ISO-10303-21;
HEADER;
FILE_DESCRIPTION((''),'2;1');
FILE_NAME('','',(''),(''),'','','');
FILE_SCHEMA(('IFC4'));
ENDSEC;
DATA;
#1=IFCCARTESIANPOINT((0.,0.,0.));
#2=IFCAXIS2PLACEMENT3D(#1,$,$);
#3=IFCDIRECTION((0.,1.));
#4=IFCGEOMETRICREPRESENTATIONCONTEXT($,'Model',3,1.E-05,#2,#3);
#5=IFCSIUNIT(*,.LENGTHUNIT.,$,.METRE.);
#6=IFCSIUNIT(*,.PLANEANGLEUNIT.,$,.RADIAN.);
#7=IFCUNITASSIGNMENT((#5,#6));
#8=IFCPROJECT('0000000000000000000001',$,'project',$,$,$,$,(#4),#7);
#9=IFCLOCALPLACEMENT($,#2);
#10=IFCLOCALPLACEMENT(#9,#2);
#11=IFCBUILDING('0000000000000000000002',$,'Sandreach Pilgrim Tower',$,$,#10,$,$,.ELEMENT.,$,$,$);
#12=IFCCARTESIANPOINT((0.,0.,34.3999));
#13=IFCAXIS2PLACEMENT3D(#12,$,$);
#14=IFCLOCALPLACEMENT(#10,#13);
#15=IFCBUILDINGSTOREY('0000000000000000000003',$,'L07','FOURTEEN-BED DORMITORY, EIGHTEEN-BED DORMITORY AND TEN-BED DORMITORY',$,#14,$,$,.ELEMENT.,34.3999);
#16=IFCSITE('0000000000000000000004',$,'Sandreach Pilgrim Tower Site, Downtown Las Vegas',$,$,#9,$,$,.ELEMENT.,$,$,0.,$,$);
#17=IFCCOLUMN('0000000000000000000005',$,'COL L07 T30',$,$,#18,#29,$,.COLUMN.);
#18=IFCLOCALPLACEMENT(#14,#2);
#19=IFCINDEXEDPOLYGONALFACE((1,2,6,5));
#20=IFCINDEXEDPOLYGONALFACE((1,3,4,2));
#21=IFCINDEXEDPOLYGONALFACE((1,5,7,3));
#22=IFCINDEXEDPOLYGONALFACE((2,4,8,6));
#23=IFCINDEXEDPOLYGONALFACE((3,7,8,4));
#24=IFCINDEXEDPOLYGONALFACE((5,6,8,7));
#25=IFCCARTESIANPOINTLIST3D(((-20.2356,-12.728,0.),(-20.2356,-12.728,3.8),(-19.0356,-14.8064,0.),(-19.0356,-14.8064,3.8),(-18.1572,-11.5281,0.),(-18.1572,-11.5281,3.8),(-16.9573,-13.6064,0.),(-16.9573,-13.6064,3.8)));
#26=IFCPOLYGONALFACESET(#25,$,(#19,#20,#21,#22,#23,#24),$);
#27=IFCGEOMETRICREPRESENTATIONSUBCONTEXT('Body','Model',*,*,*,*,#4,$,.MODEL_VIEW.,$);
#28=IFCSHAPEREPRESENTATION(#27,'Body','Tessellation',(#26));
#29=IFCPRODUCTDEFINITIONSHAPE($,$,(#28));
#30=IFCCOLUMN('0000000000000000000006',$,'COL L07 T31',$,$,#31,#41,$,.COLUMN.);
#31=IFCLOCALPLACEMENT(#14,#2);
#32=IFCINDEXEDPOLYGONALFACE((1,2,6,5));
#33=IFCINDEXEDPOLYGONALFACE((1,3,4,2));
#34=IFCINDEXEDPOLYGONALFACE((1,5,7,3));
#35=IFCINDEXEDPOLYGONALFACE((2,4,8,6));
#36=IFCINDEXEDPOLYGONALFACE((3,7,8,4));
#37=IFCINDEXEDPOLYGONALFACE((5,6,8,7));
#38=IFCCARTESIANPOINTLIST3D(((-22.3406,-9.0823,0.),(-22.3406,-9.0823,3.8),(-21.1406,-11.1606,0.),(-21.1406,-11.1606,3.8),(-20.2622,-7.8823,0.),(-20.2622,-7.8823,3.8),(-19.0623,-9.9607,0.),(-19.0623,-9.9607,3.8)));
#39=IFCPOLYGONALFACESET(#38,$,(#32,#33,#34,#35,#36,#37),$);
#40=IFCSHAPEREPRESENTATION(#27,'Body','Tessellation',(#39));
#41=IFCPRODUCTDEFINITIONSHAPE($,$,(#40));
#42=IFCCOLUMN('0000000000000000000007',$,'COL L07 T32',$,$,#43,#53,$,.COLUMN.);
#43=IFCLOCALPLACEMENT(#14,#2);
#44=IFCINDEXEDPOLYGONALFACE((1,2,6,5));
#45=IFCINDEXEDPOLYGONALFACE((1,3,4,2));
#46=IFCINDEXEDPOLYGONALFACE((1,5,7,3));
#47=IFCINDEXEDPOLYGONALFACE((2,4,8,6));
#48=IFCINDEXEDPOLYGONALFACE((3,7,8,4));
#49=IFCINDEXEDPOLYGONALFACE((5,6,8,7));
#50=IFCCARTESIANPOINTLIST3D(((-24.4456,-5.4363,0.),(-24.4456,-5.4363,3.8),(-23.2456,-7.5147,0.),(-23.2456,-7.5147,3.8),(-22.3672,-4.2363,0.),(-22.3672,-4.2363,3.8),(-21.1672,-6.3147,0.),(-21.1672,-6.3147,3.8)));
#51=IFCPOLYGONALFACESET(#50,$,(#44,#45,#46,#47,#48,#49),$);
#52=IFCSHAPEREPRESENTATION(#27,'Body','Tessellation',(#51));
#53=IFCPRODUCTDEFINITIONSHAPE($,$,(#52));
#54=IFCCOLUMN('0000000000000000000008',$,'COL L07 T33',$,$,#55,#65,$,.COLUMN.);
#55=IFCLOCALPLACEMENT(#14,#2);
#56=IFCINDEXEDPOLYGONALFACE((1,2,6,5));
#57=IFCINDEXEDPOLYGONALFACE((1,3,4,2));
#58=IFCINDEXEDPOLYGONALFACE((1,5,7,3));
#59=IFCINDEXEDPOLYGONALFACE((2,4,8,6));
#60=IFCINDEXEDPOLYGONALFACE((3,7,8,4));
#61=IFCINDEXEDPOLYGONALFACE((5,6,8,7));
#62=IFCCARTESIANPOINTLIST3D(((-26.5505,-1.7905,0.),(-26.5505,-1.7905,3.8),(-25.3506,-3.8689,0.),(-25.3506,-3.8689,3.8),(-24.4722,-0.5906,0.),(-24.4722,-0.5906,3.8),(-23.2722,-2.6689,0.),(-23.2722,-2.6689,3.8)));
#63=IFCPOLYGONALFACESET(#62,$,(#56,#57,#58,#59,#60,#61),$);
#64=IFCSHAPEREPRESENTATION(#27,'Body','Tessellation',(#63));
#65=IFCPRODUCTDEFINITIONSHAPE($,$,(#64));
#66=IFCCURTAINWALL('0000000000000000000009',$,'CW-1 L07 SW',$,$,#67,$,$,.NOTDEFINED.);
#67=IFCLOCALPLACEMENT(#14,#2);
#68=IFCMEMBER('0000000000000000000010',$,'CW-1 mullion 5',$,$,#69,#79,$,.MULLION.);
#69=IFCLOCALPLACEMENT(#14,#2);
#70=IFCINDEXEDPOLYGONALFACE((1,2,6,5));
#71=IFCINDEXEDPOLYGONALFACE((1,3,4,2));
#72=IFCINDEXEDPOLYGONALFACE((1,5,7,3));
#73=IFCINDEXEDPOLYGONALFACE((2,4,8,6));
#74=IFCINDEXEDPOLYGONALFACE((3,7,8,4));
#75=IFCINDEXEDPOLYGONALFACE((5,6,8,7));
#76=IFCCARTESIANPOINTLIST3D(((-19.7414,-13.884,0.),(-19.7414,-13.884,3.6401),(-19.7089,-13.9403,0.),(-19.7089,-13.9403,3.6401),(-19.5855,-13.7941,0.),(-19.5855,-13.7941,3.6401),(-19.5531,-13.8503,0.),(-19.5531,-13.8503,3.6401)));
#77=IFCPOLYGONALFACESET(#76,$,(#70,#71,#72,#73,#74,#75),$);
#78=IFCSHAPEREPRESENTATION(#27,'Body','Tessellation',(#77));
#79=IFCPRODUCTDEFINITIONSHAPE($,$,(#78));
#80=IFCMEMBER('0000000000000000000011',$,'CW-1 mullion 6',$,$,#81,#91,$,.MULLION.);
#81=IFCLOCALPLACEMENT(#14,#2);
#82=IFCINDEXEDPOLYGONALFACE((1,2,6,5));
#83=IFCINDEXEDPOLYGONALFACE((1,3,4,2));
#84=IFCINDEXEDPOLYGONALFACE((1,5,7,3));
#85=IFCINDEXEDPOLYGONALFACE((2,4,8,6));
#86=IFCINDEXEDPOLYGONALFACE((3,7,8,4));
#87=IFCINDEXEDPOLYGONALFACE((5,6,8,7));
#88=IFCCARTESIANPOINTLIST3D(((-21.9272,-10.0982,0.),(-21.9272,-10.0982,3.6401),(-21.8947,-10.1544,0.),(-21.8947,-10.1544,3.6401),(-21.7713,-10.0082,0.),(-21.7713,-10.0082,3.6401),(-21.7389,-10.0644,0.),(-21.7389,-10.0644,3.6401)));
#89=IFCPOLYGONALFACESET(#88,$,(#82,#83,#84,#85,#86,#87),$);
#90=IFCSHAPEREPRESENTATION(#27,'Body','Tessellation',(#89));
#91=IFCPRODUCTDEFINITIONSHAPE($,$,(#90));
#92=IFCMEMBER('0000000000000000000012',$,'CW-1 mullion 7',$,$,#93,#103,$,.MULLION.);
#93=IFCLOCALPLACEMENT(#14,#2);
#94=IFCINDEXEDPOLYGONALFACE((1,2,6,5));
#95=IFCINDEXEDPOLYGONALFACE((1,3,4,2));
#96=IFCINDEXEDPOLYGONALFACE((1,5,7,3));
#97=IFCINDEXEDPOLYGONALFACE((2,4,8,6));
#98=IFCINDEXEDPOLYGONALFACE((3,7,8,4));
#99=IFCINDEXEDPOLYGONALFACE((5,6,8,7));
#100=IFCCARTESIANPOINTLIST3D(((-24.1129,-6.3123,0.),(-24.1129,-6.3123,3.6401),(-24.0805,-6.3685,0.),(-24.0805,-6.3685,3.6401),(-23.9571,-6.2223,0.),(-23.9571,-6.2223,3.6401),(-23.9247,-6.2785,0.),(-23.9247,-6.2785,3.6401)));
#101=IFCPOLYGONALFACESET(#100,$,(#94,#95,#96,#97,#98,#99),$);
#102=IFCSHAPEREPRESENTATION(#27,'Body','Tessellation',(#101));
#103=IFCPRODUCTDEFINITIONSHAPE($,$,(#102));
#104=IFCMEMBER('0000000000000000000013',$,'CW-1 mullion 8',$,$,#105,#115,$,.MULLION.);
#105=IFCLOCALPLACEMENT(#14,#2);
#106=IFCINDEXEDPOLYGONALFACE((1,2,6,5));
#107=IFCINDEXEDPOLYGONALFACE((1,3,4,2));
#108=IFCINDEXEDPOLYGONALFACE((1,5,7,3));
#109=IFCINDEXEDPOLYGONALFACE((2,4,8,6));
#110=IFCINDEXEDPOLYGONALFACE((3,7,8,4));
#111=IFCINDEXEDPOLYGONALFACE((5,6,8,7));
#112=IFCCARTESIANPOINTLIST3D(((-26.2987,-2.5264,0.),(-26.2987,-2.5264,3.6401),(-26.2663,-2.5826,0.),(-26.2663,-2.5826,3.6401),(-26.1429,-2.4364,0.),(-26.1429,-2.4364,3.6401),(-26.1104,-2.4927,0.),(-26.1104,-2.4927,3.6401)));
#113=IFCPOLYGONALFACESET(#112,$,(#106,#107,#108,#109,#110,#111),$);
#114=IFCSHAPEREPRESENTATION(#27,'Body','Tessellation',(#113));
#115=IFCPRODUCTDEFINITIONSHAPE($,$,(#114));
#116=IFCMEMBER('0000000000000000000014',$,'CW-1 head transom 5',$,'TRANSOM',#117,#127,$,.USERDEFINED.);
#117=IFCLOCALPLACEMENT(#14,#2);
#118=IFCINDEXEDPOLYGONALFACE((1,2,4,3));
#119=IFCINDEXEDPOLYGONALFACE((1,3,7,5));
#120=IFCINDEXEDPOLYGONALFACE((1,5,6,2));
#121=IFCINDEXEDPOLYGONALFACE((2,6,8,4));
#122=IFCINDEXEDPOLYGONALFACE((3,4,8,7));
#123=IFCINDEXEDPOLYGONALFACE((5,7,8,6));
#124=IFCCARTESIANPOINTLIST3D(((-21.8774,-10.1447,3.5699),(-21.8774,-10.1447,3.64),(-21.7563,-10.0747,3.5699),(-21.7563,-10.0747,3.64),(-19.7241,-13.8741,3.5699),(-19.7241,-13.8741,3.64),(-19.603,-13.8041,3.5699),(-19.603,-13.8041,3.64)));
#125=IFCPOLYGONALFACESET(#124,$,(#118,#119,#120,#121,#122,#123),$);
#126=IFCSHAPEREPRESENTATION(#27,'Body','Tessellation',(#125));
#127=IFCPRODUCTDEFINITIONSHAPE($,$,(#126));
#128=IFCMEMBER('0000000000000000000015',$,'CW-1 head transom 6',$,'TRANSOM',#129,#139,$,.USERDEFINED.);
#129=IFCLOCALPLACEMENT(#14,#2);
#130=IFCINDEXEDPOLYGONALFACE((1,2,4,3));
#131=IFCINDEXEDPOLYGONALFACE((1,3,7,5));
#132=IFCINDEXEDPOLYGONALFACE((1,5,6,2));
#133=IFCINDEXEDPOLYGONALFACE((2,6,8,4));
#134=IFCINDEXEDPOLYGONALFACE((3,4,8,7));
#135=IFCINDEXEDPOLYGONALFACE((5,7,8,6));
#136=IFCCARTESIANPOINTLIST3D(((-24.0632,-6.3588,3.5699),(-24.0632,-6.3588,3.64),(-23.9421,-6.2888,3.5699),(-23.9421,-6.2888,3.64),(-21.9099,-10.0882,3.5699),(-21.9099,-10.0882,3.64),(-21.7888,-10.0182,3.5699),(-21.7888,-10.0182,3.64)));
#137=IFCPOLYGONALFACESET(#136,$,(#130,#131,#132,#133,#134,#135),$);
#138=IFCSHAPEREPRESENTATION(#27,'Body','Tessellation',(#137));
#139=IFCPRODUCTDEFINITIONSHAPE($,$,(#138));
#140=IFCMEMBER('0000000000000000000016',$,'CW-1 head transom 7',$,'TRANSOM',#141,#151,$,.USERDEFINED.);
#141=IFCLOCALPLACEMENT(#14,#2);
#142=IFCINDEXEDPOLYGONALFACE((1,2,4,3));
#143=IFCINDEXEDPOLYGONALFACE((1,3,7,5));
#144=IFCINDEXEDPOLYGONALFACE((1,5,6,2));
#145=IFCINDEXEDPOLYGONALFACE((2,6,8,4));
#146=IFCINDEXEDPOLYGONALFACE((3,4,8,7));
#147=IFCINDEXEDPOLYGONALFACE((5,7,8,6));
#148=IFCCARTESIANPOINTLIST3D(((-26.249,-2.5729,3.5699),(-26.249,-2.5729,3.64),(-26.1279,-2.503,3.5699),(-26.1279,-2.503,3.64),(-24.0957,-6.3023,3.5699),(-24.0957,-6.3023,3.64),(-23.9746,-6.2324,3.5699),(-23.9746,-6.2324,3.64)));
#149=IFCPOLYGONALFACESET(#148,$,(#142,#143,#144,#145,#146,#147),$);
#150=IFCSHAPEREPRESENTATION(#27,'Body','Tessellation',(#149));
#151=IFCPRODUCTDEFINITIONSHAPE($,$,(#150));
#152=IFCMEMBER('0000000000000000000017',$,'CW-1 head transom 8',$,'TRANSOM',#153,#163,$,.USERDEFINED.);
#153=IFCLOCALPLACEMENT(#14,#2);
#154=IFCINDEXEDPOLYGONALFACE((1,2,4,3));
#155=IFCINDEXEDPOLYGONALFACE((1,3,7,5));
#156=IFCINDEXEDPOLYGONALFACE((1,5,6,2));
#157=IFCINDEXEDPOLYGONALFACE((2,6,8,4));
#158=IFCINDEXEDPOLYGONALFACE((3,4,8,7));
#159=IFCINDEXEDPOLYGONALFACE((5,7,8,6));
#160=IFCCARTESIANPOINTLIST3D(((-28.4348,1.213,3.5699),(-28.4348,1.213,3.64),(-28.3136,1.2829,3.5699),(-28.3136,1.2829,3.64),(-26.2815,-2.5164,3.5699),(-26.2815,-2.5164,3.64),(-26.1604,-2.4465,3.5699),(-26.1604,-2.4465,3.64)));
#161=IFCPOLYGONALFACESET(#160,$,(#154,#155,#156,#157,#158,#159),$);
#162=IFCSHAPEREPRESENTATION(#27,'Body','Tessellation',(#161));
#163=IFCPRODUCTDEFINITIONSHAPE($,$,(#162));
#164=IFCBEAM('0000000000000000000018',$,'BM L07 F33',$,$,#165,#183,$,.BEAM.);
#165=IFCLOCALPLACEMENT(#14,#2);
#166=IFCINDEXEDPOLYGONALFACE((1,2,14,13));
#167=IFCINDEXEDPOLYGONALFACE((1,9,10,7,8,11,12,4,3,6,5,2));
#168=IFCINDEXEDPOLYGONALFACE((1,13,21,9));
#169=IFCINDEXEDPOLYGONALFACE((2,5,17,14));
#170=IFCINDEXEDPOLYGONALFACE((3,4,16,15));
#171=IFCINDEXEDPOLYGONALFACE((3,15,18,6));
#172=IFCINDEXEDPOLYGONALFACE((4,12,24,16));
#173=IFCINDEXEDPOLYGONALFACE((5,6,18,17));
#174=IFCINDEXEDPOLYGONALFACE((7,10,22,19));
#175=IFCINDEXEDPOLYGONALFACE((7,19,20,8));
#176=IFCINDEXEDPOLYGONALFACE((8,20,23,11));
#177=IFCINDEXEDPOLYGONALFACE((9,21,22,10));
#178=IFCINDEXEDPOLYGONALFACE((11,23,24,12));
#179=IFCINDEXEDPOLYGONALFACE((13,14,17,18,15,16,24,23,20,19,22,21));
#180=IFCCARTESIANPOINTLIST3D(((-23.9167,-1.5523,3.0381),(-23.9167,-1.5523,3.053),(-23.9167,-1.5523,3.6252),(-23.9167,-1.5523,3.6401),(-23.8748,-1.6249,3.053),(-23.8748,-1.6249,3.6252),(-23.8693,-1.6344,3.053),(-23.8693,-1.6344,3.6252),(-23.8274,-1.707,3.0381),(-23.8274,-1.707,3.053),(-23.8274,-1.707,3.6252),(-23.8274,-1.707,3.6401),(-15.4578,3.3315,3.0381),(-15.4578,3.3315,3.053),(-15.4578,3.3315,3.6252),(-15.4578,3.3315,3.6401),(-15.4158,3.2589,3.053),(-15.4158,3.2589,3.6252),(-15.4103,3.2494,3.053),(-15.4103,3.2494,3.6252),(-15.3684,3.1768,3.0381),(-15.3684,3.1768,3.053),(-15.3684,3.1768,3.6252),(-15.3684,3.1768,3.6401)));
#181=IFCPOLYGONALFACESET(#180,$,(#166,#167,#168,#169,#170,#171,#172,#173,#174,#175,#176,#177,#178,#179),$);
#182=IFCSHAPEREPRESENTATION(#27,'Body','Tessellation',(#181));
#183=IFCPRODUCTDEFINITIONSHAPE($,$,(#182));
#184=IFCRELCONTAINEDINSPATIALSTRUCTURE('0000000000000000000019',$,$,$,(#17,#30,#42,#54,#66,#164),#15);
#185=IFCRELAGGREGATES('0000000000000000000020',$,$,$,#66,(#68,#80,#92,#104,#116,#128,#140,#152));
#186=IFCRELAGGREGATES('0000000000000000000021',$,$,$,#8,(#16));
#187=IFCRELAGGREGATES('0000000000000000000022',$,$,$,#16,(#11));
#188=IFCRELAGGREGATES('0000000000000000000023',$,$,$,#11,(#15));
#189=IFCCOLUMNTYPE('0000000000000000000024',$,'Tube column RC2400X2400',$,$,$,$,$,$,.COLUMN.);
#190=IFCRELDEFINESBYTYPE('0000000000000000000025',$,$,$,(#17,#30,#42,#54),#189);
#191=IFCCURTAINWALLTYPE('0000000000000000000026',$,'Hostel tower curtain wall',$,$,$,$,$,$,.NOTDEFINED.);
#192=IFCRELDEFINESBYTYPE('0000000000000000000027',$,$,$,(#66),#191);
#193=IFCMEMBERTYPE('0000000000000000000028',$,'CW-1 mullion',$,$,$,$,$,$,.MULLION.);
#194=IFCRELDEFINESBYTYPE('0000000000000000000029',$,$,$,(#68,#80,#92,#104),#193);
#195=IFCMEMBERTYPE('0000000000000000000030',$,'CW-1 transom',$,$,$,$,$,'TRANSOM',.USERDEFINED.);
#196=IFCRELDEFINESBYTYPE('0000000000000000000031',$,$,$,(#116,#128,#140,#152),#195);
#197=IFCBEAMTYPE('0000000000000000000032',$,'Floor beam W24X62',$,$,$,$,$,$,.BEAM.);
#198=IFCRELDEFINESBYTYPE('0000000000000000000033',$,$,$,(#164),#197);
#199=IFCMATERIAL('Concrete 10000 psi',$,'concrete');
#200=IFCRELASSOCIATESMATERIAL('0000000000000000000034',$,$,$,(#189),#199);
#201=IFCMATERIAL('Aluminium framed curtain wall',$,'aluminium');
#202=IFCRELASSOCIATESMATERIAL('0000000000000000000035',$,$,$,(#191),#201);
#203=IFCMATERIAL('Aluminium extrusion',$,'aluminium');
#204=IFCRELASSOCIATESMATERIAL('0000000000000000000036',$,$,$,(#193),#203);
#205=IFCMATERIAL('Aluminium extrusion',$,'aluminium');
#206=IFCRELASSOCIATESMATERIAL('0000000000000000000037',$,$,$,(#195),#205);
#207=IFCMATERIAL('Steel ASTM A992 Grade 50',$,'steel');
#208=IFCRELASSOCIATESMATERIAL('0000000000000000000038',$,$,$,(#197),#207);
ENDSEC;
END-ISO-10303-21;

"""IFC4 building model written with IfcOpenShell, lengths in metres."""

from ifc_helpers import new_model, si_unit, direction, frame, origin, origin_2d, place, context, subcontext, project, spatial, rectangle, i_section, extrude, material, material_profile, profile_set, type_object, element, aggregate, save


model = new_model("IFC4")

# Units and contexts
model_context = context("Model", 3, precision=1e-05, world=origin(), true_north=direction((0.0, 1.0)))
body_context = subcontext(model_context, "Body", "Model", "MODEL_VIEW")
ifc_project = project(units=[si_unit("LENGTHUNIT", "METRE"), si_unit("PLANEANGLEUNIT", "RADIAN")], contexts=[model_context])

# Site, building, storey
site_placement = place(None, origin())
site = spatial("IfcSite", under=ifc_project, at=site_placement, Name="Sandreach Pilgrim Tower Site, Downtown Las Vegas", CompositionType="ELEMENT", RefElevation=0.0)
building_placement = place(site_placement, origin())
building = spatial("IfcBuilding", under=site, at=building_placement, Name="Sandreach Pilgrim Tower", CompositionType="ELEMENT")
storey_placement = place(building_placement, frame((0.0, 0.0, 34.3999)))
storey = spatial("IfcBuildingStorey", under=building, at=storey_placement, Name="L07", Description="FOURTEEN-BED DORMITORY, EIGHTEEN-BED DORMITORY AND TEN-BED DORMITORY", CompositionType="ELEMENT", Elevation=34.3999)

# Columns
ifc_material_1 = material(Name="Concrete 10000 psi", Category="concrete")
ifc_material_profile_1 = material_profile(ifc_material_1, rectangle(XDim=2.3999, YDim=2.3999, at=origin_2d()), Name="RC2400X2400")
ifc_profile_set_1 = profile_set([ifc_material_profile_1], Name="Concrete 10000 psi")
column_type = type_object("IfcColumnType", Name="Tube column RC2400X2400", PredefinedType="COLUMN", material=ifc_profile_set_1)
for number, where, z_axis, x_axis, name in (
    (1, (-18.5964, -13.1672, 0.0), (0.0, 0.0, 1.0), (-0.866025, -0.5, 0.0), "COL L07 T30"),
    (2, (-20.7014, -9.5215, 0.0), (0.0, 0.0, 1.0), (-0.866025, -0.5, 0.0), "COL L07 T31"),
    (3, (-22.8064, -5.8755, 0.0), (0.0, 0.0, 1.0), (-0.866025, -0.5, 0.0), "COL L07 T32"),
    (4, (-24.9114, -2.2297, 0.0), (0.0, 0.0, 1.0), (-0.866025, -0.5, 0.0), "COL L07 T33"),
):
    element("IfcColumn", number, at=place(storey_placement, frame(where, z_axis=z_axis, x_axis=x_axis)), inside=storey, type_object=column_type, Name=name, PredefinedType="COLUMN", context=body_context, shape_type="SweptSolid", body=[
        extrude(rectangle(XDim=2.3999, YDim=2.3999, at=origin_2d()), origin(), (0.0, 0.0, 1.0), 3.8),
    ])

# Curtain wall, members
ifc_material_2 = material(Name="Aluminium framed curtain wall", Category="aluminium")
curtain_wall_type = type_object("IfcCurtainWallType", Name="Hostel tower curtain wall", PredefinedType="NOTDEFINED", material=ifc_material_2)
curtain_wall_placement = place(storey_placement, origin())
curtain_wall = element("IfcCurtainWall", 5, at=curtain_wall_placement, inside=storey, type_object=curtain_wall_type, Name="CW-1 L07 SW", PredefinedType="NOTDEFINED")
ifc_material_3 = material(Name="Aluminium extrusion", Category="aluminium")
ifc_material_profile_2 = material_profile(ifc_material_3, rectangle(XDim=0.0649, YDim=0.1799, at=origin_2d()), Name="CW-1M 65X180")
ifc_profile_set_2 = profile_set([ifc_material_profile_2], Name="Aluminium extrusion")
member_type_1 = type_object("IfcMemberType", Name="CW-1 mullion", PredefinedType="MULLION", material=ifc_profile_set_2)
member_1_placement = place(storey_placement, frame((-19.6472, -13.8672, 0.0), z_axis=(0.0, 0.0, 1.0), x_axis=(-0.5, 0.866025, 0.0)))
member_1 = element("IfcMember", 6, at=member_1_placement, type_object=member_type_1, Name="CW-1 mullion 5", PredefinedType="MULLION", context=body_context, shape_type="SweptSolid", body=[
    extrude(rectangle(XDim=0.0649, YDim=0.1799, at=origin_2d()), origin(), (0.0, 0.0, 1.0), 3.6401),
])
member_2_placement = place(storey_placement, frame((-21.833, -10.0813, 0.0), z_axis=(0.0, 0.0, 1.0), x_axis=(-0.5, 0.866025, 0.0)))
member_2 = element("IfcMember", 7, at=member_2_placement, type_object=member_type_1, Name="CW-1 mullion 6", PredefinedType="MULLION", context=body_context, shape_type="SweptSolid", body=[
    extrude(rectangle(XDim=0.0649, YDim=0.1799, at=origin_2d()), origin(), (0.0, 0.0, 1.0), 3.6401),
])
member_3_placement = place(storey_placement, frame((-24.0188, -6.2954, 0.0), z_axis=(0.0, 0.0, 1.0), x_axis=(-0.5, 0.866025, 0.0)))
member_3 = element("IfcMember", 8, at=member_3_placement, type_object=member_type_1, Name="CW-1 mullion 7", PredefinedType="MULLION", context=body_context, shape_type="SweptSolid", body=[
    extrude(rectangle(XDim=0.0649, YDim=0.1799, at=origin_2d()), origin(), (0.0, 0.0, 1.0), 3.6401),
])
member_4_placement = place(storey_placement, frame((-26.2046, -2.5095, 0.0), z_axis=(0.0, 0.0, 1.0), x_axis=(-0.5, 0.866025, 0.0)))
member_4 = element("IfcMember", 9, at=member_4_placement, type_object=member_type_1, Name="CW-1 mullion 8", PredefinedType="MULLION", context=body_context, shape_type="SweptSolid", body=[
    extrude(rectangle(XDim=0.0649, YDim=0.1799, at=origin_2d()), origin(), (0.0, 0.0, 1.0), 3.6401),
])
ifc_material_4 = material(Name="Aluminium extrusion", Category="aluminium")
ifc_material_profile_3 = material_profile(ifc_material_4, rectangle(XDim=0.1399, YDim=0.0701, at=origin_2d()), Name="CW-1T 140X70")
ifc_profile_set_3 = profile_set([ifc_material_profile_3], Name="Aluminium extrusion")
member_type_2 = type_object("IfcMemberType", Name="CW-1 transom", ElementType="TRANSOM", PredefinedType="USERDEFINED", material=ifc_profile_set_3)
member_5_placement = place(storey_placement, frame((-19.6636, -13.8391, 3.605), z_axis=(-0.500017, 0.866016, 0.0), x_axis=(-0.866016, -0.500017, 0.0)))
member_5 = element("IfcMember", 10, at=member_5_placement, type_object=member_type_2, Name="CW-1 head transom 5", ObjectType="TRANSOM", PredefinedType="USERDEFINED", context=body_context, shape_type="SweptSolid", body=[
    extrude(rectangle(XDim=0.1399, YDim=0.0701, at=origin_2d()), origin(), (0.0, 0.0, 1.0), 4.3064),
])
member_6_placement = place(storey_placement, frame((-21.8494, -10.0532, 3.605), z_axis=(-0.500017, 0.866016, 0.0), x_axis=(-0.866016, -0.500017, 0.0)))
member_6 = element("IfcMember", 11, at=member_6_placement, type_object=member_type_2, Name="CW-1 head transom 6", ObjectType="TRANSOM", PredefinedType="USERDEFINED", context=body_context, shape_type="SweptSolid", body=[
    extrude(rectangle(XDim=0.1399, YDim=0.0701, at=origin_2d()), origin(), (0.0, 0.0, 1.0), 4.3064),
])
member_7_placement = place(storey_placement, frame((-24.0352, -6.2673, 3.605), z_axis=(-0.500017, 0.866016, 0.0), x_axis=(-0.866016, -0.500017, 0.0)))
member_7 = element("IfcMember", 12, at=member_7_placement, type_object=member_type_2, Name="CW-1 head transom 7", ObjectType="TRANSOM", PredefinedType="USERDEFINED", context=body_context, shape_type="SweptSolid", body=[
    extrude(rectangle(XDim=0.1399, YDim=0.0701, at=origin_2d()), origin(), (0.0, 0.0, 1.0), 4.3064),
])
member_8_placement = place(storey_placement, frame((-26.2209, -2.4814, 3.605), z_axis=(-0.500017, 0.866016, 0.0), x_axis=(-0.866016, -0.500017, 0.0)))
member_8 = element("IfcMember", 13, at=member_8_placement, type_object=member_type_2, Name="CW-1 head transom 8", ObjectType="TRANSOM", PredefinedType="USERDEFINED", context=body_context, shape_type="SweptSolid", body=[
    extrude(rectangle(XDim=0.1399, YDim=0.0701, at=origin_2d()), origin(), (0.0, 0.0, 1.0), 4.3064),
])

# Beam
ifc_material_5 = material(Name="Steel ASTM A992 Grade 50", Category="steel")
ifc_material_profile_4 = material_profile(ifc_material_5, i_section(OverallWidth=0.1787, OverallDepth=0.6021, WebThickness=0.011, FlangeThickness=0.0149, at=origin_2d()), Name="W24X62")
ifc_profile_set_4 = profile_set([ifc_material_profile_4], Name="Steel ASTM A992 Grade 50")
beam_type_1 = type_object("IfcBeamType", Name="Floor beam W24X62", PredefinedType="BEAM", material=ifc_profile_set_4)
beam_1_placement = place(storey_placement, frame((-23.8721, -1.6296, 3.3391), z_axis=(0.866026, 0.499999, 0.0), x_axis=(-0.499999, 0.866026, 0.0)))
element("IfcBeam", 14, at=beam_1_placement, inside=storey, type_object=beam_type_1, Name="BM L07 F33", PredefinedType="BEAM", context=body_context, shape_type="SweptSolid", body=[
    extrude(i_section(OverallWidth=0.1787, OverallDepth=0.6021, WebThickness=0.011, FlangeThickness=0.0149, at=origin_2d()), origin(), (0.0, 0.0, 1.0), 9.7676),
])

aggregate(curtain_wall, [member_1, member_2, member_3, member_4, member_5, member_6, member_7, member_8])

save(model, "model.ifc")
